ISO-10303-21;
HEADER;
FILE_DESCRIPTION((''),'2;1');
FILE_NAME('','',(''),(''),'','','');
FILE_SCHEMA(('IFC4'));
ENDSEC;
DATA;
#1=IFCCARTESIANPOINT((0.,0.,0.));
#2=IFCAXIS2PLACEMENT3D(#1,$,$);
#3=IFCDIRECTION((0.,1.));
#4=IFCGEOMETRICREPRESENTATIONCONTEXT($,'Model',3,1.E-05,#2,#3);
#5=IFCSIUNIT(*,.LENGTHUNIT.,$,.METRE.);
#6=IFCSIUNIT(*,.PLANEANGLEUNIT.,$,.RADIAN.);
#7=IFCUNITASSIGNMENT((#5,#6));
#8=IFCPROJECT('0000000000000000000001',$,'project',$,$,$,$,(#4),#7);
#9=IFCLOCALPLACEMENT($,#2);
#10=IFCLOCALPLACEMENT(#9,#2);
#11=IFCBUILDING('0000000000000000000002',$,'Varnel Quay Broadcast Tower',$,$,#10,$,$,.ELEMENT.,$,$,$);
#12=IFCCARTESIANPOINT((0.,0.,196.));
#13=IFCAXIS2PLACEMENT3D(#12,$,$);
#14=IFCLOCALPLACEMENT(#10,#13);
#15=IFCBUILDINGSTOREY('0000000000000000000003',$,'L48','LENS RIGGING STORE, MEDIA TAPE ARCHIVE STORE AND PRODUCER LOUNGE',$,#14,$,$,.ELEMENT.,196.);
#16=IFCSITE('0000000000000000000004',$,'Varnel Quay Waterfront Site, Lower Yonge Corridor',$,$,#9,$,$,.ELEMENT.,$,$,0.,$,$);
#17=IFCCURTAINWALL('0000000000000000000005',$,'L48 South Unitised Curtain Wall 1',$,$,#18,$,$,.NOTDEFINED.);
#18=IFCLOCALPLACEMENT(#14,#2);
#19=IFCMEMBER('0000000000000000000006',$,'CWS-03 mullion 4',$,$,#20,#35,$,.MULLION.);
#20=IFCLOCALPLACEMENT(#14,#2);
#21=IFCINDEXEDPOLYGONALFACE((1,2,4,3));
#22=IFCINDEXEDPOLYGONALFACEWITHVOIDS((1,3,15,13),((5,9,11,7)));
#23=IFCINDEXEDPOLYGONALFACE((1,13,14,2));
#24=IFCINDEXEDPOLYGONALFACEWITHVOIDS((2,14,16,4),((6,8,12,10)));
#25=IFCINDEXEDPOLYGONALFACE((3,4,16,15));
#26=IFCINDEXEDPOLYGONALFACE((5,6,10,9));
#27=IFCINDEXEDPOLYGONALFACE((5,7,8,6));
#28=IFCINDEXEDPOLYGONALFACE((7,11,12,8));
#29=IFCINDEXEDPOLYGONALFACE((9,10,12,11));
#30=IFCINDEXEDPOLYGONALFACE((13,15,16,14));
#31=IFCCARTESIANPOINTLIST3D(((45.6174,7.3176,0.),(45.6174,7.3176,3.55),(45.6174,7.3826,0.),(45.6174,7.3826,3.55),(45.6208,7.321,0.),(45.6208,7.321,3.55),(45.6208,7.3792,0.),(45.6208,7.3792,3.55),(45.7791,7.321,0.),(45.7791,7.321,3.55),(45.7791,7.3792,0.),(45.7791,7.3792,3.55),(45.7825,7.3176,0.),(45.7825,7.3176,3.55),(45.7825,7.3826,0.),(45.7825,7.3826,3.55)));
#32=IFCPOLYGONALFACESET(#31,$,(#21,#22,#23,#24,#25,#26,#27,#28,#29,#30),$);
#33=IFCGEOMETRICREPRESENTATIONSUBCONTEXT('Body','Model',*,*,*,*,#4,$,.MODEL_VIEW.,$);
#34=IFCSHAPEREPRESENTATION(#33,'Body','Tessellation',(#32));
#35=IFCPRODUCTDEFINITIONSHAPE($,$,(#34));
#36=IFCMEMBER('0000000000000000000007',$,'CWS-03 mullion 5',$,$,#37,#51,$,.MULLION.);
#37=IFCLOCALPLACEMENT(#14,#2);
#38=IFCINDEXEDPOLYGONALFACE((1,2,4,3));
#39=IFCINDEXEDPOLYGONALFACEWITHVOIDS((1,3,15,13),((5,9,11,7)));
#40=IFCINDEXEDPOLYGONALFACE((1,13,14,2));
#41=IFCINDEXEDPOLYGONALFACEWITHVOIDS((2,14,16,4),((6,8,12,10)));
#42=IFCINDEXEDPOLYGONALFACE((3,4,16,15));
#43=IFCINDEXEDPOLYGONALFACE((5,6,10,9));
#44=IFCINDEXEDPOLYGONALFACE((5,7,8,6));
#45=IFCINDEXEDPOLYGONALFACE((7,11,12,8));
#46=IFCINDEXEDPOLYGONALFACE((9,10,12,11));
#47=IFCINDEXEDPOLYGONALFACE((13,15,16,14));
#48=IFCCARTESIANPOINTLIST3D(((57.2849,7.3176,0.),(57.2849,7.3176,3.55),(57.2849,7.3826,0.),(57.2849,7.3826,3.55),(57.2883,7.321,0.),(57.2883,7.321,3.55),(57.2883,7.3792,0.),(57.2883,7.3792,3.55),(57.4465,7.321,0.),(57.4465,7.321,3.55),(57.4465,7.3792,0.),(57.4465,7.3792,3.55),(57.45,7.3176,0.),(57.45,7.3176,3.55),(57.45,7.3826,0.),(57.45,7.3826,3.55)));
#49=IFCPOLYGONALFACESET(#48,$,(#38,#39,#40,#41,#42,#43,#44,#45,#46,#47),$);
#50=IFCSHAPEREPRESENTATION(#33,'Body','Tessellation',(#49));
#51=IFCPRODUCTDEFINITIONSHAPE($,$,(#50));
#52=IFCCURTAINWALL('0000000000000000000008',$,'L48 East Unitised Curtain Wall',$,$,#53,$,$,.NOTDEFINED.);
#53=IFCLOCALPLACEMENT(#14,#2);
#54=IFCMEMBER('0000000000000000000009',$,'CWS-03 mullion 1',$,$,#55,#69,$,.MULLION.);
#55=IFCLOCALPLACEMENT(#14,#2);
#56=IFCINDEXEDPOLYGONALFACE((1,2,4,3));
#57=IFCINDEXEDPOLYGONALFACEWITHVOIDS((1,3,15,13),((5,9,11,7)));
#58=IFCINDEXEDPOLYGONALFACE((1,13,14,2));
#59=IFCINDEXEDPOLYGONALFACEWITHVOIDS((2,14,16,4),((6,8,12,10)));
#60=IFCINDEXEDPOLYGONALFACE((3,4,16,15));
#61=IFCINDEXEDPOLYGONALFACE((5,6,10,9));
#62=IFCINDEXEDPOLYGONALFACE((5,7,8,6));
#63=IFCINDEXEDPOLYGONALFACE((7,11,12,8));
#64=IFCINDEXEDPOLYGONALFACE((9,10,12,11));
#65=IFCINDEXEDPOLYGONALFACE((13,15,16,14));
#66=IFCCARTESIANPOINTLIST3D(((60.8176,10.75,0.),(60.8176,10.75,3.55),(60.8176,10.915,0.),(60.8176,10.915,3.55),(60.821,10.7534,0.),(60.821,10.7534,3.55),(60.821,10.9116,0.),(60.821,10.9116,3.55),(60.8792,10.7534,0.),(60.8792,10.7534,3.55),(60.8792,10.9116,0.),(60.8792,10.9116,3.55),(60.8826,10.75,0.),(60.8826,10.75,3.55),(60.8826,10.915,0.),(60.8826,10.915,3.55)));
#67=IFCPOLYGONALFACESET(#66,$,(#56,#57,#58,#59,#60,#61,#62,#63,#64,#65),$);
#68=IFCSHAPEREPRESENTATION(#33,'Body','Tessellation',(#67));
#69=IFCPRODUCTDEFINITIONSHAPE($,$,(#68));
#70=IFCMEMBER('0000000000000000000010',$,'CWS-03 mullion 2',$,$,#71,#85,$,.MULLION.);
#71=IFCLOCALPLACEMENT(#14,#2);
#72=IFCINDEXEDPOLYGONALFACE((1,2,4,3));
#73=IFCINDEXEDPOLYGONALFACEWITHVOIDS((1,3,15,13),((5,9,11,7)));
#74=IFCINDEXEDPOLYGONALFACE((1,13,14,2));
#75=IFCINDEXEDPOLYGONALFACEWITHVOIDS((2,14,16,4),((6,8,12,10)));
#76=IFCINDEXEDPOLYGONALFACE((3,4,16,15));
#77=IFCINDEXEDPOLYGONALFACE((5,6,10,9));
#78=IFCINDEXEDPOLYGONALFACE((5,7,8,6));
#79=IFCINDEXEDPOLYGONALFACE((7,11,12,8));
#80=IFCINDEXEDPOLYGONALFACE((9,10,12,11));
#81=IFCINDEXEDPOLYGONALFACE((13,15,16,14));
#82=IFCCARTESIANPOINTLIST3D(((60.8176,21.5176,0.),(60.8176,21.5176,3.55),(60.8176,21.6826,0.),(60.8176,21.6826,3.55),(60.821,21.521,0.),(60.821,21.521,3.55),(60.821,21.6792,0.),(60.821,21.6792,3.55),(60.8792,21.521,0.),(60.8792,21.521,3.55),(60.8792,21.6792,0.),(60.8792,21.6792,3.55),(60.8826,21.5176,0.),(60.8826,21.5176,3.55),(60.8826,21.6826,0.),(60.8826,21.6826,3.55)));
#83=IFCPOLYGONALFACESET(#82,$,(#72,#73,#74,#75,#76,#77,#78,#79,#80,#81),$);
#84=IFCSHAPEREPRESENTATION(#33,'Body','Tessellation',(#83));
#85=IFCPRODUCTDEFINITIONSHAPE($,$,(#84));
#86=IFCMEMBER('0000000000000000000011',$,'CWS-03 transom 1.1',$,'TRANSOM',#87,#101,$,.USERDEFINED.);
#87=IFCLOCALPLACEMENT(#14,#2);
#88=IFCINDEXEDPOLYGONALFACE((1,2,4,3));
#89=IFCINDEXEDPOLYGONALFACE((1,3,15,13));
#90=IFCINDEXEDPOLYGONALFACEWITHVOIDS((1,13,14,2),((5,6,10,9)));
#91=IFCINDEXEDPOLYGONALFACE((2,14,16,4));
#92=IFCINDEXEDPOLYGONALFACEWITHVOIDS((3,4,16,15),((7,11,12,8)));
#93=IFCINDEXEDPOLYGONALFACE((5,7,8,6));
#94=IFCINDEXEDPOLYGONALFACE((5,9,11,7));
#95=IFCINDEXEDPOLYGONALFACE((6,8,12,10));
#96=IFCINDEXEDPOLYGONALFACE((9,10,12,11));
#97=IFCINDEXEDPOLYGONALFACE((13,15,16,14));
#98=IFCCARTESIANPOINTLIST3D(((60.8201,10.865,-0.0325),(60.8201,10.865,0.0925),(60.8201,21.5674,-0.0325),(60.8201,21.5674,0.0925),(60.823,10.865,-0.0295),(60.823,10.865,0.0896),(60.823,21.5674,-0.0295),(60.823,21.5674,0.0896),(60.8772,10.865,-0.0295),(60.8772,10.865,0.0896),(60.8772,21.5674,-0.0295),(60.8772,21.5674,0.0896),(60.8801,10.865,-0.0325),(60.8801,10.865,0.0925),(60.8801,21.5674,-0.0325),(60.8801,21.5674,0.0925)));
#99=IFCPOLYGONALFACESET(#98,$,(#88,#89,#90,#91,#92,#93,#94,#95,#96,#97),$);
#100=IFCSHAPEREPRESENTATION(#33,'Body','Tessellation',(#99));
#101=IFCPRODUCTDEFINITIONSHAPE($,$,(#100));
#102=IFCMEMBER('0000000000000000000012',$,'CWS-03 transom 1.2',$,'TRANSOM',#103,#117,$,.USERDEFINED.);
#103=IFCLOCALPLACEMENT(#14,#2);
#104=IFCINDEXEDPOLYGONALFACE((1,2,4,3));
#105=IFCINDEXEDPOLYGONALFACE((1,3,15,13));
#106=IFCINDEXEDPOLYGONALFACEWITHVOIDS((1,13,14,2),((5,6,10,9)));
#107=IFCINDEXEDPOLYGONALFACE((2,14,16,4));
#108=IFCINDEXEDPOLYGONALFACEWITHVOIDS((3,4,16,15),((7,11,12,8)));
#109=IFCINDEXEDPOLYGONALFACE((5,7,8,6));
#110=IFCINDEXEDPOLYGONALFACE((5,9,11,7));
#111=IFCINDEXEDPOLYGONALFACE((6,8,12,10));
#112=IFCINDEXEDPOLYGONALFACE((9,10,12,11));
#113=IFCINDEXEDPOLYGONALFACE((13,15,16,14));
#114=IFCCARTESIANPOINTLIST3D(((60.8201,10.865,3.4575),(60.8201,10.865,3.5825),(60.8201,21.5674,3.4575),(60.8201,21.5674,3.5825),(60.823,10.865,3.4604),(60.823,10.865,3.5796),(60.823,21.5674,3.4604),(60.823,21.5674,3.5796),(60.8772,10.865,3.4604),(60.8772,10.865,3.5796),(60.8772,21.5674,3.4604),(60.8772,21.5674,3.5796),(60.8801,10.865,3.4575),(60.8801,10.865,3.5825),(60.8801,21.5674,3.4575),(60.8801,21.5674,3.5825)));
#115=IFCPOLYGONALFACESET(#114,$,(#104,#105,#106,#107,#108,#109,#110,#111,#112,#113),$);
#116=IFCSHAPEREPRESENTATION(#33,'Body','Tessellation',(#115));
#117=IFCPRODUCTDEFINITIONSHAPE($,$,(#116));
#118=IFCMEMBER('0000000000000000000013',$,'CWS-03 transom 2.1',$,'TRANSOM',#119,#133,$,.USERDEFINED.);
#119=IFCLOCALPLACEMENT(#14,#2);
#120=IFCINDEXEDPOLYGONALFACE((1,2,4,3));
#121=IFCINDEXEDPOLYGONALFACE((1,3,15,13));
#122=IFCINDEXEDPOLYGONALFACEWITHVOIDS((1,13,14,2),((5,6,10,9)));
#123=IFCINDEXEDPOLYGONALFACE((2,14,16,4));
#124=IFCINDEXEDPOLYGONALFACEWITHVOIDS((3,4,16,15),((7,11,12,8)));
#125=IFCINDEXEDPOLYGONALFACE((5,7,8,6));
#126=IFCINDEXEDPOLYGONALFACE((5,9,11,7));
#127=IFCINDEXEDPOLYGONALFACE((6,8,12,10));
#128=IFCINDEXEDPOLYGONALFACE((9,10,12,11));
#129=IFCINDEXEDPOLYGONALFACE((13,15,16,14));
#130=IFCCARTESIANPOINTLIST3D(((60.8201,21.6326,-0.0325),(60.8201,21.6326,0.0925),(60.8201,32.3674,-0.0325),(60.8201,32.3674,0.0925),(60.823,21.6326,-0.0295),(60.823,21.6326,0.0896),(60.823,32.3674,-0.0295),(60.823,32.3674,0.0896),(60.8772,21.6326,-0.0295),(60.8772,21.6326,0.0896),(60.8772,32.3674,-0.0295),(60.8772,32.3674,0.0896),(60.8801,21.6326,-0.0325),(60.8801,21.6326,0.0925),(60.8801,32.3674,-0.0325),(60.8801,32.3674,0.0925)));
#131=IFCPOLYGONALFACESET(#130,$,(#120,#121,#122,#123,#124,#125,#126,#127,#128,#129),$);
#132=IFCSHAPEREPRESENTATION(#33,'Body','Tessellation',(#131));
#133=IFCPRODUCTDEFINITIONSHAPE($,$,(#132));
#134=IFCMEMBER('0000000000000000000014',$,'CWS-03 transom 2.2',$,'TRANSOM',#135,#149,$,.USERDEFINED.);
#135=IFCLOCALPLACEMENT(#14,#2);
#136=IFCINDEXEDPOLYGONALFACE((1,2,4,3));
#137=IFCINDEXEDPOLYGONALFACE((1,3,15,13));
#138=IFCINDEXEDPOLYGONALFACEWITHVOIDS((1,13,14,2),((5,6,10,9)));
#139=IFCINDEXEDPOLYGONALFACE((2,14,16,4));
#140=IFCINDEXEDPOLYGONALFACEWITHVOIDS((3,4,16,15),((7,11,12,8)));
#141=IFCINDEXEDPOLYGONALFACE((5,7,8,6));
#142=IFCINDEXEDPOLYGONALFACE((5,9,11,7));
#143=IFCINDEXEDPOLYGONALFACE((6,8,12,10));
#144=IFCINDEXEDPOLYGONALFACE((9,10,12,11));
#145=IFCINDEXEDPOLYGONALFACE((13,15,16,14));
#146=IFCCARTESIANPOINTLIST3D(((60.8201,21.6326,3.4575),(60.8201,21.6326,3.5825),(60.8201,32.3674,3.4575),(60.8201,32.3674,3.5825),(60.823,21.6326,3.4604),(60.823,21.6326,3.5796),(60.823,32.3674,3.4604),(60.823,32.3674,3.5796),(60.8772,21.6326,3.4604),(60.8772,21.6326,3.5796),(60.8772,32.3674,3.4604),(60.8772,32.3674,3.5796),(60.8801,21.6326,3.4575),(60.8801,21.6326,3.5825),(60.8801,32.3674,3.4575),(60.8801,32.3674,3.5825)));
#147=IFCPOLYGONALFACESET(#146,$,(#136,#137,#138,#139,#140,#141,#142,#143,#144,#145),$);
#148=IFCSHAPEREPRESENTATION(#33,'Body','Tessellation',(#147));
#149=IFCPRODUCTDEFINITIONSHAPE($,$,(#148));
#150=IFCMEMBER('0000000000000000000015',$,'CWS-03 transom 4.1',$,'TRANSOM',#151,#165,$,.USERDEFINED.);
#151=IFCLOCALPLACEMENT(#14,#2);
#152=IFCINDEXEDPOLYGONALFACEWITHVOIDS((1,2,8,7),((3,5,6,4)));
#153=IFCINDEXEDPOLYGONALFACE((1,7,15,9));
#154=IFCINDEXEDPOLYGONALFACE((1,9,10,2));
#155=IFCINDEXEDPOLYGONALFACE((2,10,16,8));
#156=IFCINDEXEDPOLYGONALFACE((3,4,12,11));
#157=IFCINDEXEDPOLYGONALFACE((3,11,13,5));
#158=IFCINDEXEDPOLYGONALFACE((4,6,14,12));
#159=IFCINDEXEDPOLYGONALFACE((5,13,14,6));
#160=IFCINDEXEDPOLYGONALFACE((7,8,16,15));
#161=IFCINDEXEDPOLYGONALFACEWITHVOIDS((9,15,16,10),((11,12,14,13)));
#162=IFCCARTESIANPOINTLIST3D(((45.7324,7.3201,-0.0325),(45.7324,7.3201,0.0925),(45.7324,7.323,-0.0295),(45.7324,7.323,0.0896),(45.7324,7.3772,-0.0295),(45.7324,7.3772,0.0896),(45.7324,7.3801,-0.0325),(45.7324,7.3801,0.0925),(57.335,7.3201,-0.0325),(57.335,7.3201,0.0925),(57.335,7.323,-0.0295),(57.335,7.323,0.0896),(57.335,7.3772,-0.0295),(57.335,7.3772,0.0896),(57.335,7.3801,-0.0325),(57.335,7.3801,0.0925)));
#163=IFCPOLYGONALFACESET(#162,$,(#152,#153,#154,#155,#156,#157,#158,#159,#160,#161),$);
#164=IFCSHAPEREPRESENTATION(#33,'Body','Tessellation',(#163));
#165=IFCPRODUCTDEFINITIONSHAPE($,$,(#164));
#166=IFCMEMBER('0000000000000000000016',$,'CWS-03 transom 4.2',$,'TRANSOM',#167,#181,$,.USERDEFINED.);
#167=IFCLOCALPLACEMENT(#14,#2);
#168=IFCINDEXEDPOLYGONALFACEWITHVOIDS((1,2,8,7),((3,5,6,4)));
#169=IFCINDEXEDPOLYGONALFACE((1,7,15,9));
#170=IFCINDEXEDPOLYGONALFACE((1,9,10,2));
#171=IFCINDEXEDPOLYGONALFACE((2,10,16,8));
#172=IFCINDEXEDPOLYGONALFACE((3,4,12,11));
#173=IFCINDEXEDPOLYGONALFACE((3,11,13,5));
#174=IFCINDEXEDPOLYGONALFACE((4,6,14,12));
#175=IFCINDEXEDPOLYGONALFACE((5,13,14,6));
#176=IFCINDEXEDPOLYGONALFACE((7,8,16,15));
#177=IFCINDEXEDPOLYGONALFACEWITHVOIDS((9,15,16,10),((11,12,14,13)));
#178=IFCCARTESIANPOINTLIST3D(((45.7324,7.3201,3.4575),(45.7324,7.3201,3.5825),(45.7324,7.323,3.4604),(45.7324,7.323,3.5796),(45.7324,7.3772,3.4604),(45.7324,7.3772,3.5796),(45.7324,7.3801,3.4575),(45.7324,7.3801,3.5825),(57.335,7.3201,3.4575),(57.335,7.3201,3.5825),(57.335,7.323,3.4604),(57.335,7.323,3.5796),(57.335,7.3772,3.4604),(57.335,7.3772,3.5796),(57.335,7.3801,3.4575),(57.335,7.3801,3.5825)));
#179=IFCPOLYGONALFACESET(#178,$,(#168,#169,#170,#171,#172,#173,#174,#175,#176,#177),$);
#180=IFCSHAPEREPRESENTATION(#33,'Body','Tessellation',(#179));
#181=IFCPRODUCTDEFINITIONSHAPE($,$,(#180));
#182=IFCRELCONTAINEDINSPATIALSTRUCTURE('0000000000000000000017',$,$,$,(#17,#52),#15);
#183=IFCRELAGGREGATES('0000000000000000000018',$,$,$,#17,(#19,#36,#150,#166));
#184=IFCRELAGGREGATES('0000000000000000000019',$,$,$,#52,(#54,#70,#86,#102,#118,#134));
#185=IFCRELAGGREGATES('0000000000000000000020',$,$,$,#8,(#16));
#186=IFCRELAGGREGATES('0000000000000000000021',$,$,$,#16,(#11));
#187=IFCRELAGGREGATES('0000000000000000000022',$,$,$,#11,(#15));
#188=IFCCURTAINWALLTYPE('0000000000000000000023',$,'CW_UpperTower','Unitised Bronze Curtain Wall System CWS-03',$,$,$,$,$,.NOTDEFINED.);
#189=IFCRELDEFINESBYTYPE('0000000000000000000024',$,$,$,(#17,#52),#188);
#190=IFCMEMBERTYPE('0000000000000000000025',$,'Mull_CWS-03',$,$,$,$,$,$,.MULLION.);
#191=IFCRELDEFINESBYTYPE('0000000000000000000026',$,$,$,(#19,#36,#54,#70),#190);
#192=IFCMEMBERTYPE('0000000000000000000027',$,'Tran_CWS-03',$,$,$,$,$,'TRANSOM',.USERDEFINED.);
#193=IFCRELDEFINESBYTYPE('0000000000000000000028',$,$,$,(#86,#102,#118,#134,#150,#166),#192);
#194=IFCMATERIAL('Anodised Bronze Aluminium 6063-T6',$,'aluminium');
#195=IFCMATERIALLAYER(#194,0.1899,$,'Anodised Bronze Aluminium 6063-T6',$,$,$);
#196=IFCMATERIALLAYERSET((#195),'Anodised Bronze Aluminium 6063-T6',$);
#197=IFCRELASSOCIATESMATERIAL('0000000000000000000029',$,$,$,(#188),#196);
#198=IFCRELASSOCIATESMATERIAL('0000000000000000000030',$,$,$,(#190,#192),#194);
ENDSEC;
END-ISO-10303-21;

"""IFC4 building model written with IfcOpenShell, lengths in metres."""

from ifc_helpers import new_model, si_unit, direction, frame, origin, origin_2d, place, context, subcontext, project, spatial, hollow_rectangle, extrude, source, transform, mapped, material, layer, layer_set, material_profile, profile_set, type_object, type_shapes, element, aggregate, save


model = new_model("IFC4")

# Units and contexts
model_context = context("Model", 3, precision=1e-05, world=origin(), true_north=direction((0.0, 1.0)))
body_context = subcontext(model_context, "Body", "Model", "MODEL_VIEW")
ifc_project = project(units=[si_unit("LENGTHUNIT", "METRE"), si_unit("PLANEANGLEUNIT", "RADIAN")], contexts=[model_context])

# Site, building, storey
site_placement = place(None, origin())
site = spatial("IfcSite", under=ifc_project, at=site_placement, Name="Varnel Quay Waterfront Site, Lower Yonge Corridor", CompositionType="ELEMENT", RefElevation=0.0)
building_placement = place(site_placement, origin())
building = spatial("IfcBuilding", under=site, at=building_placement, Name="Varnel Quay Broadcast Tower", CompositionType="ELEMENT")
storey_placement = place(building_placement, frame((0.0, 0.0, 196.0)))
storey = spatial("IfcBuildingStorey", under=building, at=storey_placement, Name="L48", Description="LENS RIGGING STORE, MEDIA TAPE ARCHIVE STORE AND PRODUCER LOUNGE", CompositionType="ELEMENT", Elevation=196.0)

# Curtain walls, members
ifc_material_1 = material(Name="Anodised Bronze Aluminium 6063-T6", Category="aluminium")
ifc_layer_1 = layer(ifc_material_1, 0.1899, Name="Anodised Bronze Aluminium 6063-T6")
ifc_layer_set_1 = layer_set([ifc_layer_1], Name="Anodised Bronze Aluminium 6063-T6")
curtain_wall_type_1 = type_object("IfcCurtainWallType", Name="CW_UpperTower", Description="Unitised Bronze Curtain Wall System CWS-03", PredefinedType="NOTDEFINED", material=ifc_layer_set_1)
curtain_wall_1_placement = place(storey_placement, origin())
curtain_wall_1 = element("IfcCurtainWall", 1, at=curtain_wall_1_placement, inside=storey, type_object=curtain_wall_type_1, Name="L48 South Unitised Curtain Wall 1", PredefinedType="NOTDEFINED")
ifc_material_profile_1 = material_profile(ifc_material_1, hollow_rectangle(XDim=0.0649, YDim=0.165, WallThickness=0.0034, at=origin_2d()), Name="ALU65X165X3.5")
ifc_profile_set_1 = profile_set([ifc_material_profile_1], Name="Anodised Bronze Aluminium 6063-T6")
member_type_1 = type_object("IfcMemberType", Name="Mull_CWS-03", PredefinedType="MULLION", material=ifc_profile_set_1)
shared_shape_1 = source(origin(), body_context, "Body", "SweptSolid", [
    extrude(hollow_rectangle(XDim=0.0649, YDim=0.165, WallThickness=0.0034, at=origin_2d()), origin(), (0.0, 0.0, 1.0), 3.55),
])
type_shapes(member_type_1, [shared_shape_1])
member_1_placement = place(storey_placement, frame((45.7, 7.3501, 0.0), z_axis=(0.0, 0.0, 1.0), x_axis=(0.0, 1.0, 0.0)))
member_1 = element("IfcMember", 2, at=member_1_placement, type_object=member_type_1, Name="CWS-03 mullion 4", PredefinedType="MULLION", context=body_context, shape_type="MappedRepresentation", body=[
    mapped(shared_shape_1, transform((0.0, 0.0, 0.0), x_axis=(1.0, 0.0, 0.0), y_axis=(0.0, 1.0, 0.0), z_axis=(0.0, 0.0, 1.0), scale=1.0)),
])
member_2_placement = place(storey_placement, frame((57.3674, 7.3501, 0.0), z_axis=(0.0, 0.0, 1.0), x_axis=(0.0, 1.0, 0.0)))
member_2 = element("IfcMember", 3, at=member_2_placement, type_object=member_type_1, Name="CWS-03 mullion 5", PredefinedType="MULLION", context=body_context, shape_type="MappedRepresentation", body=[
    mapped(shared_shape_1, transform((0.0, 0.0, 0.0), x_axis=(1.0, 0.0, 0.0), y_axis=(0.0, 1.0, 0.0), z_axis=(0.0, 0.0, 1.0), scale=1.0)),
])
curtain_wall_2_placement = place(storey_placement, origin())
curtain_wall_2 = element("IfcCurtainWall", 4, at=curtain_wall_2_placement, inside=storey, type_object=curtain_wall_type_1, Name="L48 East Unitised Curtain Wall", PredefinedType="NOTDEFINED")
member_3_placement = place(storey_placement, frame((60.8501, 10.8325, 0.0), z_axis=(0.0, 0.0, 1.0), x_axis=(-1.0, 0.0, 0.0)))
member_3 = element("IfcMember", 5, at=member_3_placement, type_object=member_type_1, Name="CWS-03 mullion 1", PredefinedType="MULLION", context=body_context, shape_type="MappedRepresentation", body=[
    mapped(shared_shape_1, transform((0.0, 0.0, 0.0), x_axis=(1.0, 0.0, 0.0), y_axis=(0.0, 1.0, 0.0), z_axis=(0.0, 0.0, 1.0), scale=1.0)),
])
member_4_placement = place(storey_placement, frame((60.8501, 21.6001, 0.0), z_axis=(0.0, 0.0, 1.0), x_axis=(-1.0, 0.0, 0.0)))
member_4 = element("IfcMember", 6, at=member_4_placement, type_object=member_type_1, Name="CWS-03 mullion 2", PredefinedType="MULLION", context=body_context, shape_type="MappedRepresentation", body=[
    mapped(shared_shape_1, transform((0.0, 0.0, 0.0), x_axis=(1.0, 0.0, 0.0), y_axis=(0.0, 1.0, 0.0), z_axis=(0.0, 0.0, 1.0), scale=1.0)),
])
ifc_material_profile_2 = material_profile(ifc_material_1, hollow_rectangle(XDim=0.0601, YDim=0.125, WallThickness=0.0029, at=origin_2d()), Name="ALU60X125X3")
ifc_profile_set_2 = profile_set([ifc_material_profile_2], Name="Anodised Bronze Aluminium 6063-T6")
member_type_2 = type_object("IfcMemberType", Name="Tran_CWS-03", ElementType="TRANSOM", PredefinedType="USERDEFINED", material=ifc_profile_set_2)
shared_shape_2 = source(origin(), body_context, "Body", "SweptSolid", [
    extrude(hollow_rectangle(XDim=0.0601, YDim=0.125, WallThickness=0.0029, at=origin_2d()), origin(), (0.0, 0.0, 1.0), 10.7024),
])
member_5_placement = place(storey_placement, frame((60.8501, 10.865, 0.03), z_axis=(0.0, 1.0, 0.0), x_axis=(-1.0, 0.0, 0.0)))
member_5 = element("IfcMember", 7, at=member_5_placement, type_object=member_type_2, Name="CWS-03 transom 1.1", ObjectType="TRANSOM", PredefinedType="USERDEFINED", context=body_context, shape_type="MappedRepresentation", body=[
    mapped(shared_shape_2, transform((0.0, 0.0, 0.0), x_axis=(1.0, 0.0, 0.0), y_axis=(0.0, 1.0, 0.0), z_axis=(0.0, 0.0, 1.0), scale=1.0)),
])
member_6_placement = place(storey_placement, frame((60.8501, 10.865, 3.52), z_axis=(0.0, 1.0, 0.0), x_axis=(-1.0, 0.0, 0.0)))
member_6 = element("IfcMember", 8, at=member_6_placement, type_object=member_type_2, Name="CWS-03 transom 1.2", ObjectType="TRANSOM", PredefinedType="USERDEFINED", context=body_context, shape_type="MappedRepresentation", body=[
    mapped(shared_shape_2, transform((0.0, 0.0, 0.0), x_axis=(1.0, 0.0, 0.0), y_axis=(0.0, 1.0, 0.0), z_axis=(0.0, 0.0, 1.0), scale=1.0)),
])
shared_shape_3 = source(origin(), body_context, "Body", "SweptSolid", [
    extrude(hollow_rectangle(XDim=0.0601, YDim=0.125, WallThickness=0.0029, at=origin_2d()), origin(), (0.0, 0.0, 1.0), 10.7349),
])
member_7_placement = place(storey_placement, frame((60.8501, 21.6326, 0.03), z_axis=(0.0, 1.0, 0.0), x_axis=(-1.0, 0.0, 0.0)))
member_7 = element("IfcMember", 9, at=member_7_placement, type_object=member_type_2, Name="CWS-03 transom 2.1", ObjectType="TRANSOM", PredefinedType="USERDEFINED", context=body_context, shape_type="MappedRepresentation", body=[
    mapped(shared_shape_3, transform((0.0, 0.0, 0.0), x_axis=(1.0, 0.0, 0.0), y_axis=(0.0, 1.0, 0.0), z_axis=(0.0, 0.0, 1.0), scale=1.0)),
])
member_8_placement = place(storey_placement, frame((60.8501, 21.6326, 3.52), z_axis=(0.0, 1.0, 0.0), x_axis=(-1.0, 0.0, 0.0)))
member_8 = element("IfcMember", 10, at=member_8_placement, type_object=member_type_2, Name="CWS-03 transom 2.2", ObjectType="TRANSOM", PredefinedType="USERDEFINED", context=body_context, shape_type="MappedRepresentation", body=[
    mapped(shared_shape_3, transform((0.0, 0.0, 0.0), x_axis=(1.0, 0.0, 0.0), y_axis=(0.0, 1.0, 0.0), z_axis=(0.0, 0.0, 1.0), scale=1.0)),
])

# Members
shared_shape_4 = source(origin(), body_context, "Body", "SweptSolid", [
    extrude(hollow_rectangle(XDim=0.0601, YDim=0.125, WallThickness=0.0029, at=origin_2d()), origin(), (0.0, 0.0, 1.0), 11.6025),
])
type_shapes(member_type_2, [shared_shape_2, shared_shape_3, shared_shape_4])
member_9_placement = place(storey_placement, frame((45.7324, 7.3501, 0.03), z_axis=(1.0, 0.0, 0.0), x_axis=(0.0, 1.0, 0.0)))
member_9 = element("IfcMember", 11, at=member_9_placement, type_object=member_type_2, Name="CWS-03 transom 4.1", ObjectType="TRANSOM", PredefinedType="USERDEFINED", context=body_context, shape_type="MappedRepresentation", body=[
    mapped(shared_shape_4, transform((0.0, 0.0, 0.0), x_axis=(1.0, 0.0, 0.0), y_axis=(0.0, 1.0, 0.0), z_axis=(0.0, 0.0, 1.0), scale=1.0)),
])
member_10_placement = place(storey_placement, frame((45.7324, 7.3501, 3.52), z_axis=(1.0, 0.0, 0.0), x_axis=(0.0, 1.0, 0.0)))
member_10 = element("IfcMember", 12, at=member_10_placement, type_object=member_type_2, Name="CWS-03 transom 4.2", ObjectType="TRANSOM", PredefinedType="USERDEFINED", context=body_context, shape_type="MappedRepresentation", body=[
    mapped(shared_shape_4, transform((0.0, 0.0, 0.0), x_axis=(1.0, 0.0, 0.0), y_axis=(0.0, 1.0, 0.0), z_axis=(0.0, 0.0, 1.0), scale=1.0)),
])

aggregate(curtain_wall_1, [member_1, member_2, member_9, member_10])
aggregate(curtain_wall_2, [member_3, member_4, member_5, member_6, member_7, member_8])

save(model, "model.ifc")
